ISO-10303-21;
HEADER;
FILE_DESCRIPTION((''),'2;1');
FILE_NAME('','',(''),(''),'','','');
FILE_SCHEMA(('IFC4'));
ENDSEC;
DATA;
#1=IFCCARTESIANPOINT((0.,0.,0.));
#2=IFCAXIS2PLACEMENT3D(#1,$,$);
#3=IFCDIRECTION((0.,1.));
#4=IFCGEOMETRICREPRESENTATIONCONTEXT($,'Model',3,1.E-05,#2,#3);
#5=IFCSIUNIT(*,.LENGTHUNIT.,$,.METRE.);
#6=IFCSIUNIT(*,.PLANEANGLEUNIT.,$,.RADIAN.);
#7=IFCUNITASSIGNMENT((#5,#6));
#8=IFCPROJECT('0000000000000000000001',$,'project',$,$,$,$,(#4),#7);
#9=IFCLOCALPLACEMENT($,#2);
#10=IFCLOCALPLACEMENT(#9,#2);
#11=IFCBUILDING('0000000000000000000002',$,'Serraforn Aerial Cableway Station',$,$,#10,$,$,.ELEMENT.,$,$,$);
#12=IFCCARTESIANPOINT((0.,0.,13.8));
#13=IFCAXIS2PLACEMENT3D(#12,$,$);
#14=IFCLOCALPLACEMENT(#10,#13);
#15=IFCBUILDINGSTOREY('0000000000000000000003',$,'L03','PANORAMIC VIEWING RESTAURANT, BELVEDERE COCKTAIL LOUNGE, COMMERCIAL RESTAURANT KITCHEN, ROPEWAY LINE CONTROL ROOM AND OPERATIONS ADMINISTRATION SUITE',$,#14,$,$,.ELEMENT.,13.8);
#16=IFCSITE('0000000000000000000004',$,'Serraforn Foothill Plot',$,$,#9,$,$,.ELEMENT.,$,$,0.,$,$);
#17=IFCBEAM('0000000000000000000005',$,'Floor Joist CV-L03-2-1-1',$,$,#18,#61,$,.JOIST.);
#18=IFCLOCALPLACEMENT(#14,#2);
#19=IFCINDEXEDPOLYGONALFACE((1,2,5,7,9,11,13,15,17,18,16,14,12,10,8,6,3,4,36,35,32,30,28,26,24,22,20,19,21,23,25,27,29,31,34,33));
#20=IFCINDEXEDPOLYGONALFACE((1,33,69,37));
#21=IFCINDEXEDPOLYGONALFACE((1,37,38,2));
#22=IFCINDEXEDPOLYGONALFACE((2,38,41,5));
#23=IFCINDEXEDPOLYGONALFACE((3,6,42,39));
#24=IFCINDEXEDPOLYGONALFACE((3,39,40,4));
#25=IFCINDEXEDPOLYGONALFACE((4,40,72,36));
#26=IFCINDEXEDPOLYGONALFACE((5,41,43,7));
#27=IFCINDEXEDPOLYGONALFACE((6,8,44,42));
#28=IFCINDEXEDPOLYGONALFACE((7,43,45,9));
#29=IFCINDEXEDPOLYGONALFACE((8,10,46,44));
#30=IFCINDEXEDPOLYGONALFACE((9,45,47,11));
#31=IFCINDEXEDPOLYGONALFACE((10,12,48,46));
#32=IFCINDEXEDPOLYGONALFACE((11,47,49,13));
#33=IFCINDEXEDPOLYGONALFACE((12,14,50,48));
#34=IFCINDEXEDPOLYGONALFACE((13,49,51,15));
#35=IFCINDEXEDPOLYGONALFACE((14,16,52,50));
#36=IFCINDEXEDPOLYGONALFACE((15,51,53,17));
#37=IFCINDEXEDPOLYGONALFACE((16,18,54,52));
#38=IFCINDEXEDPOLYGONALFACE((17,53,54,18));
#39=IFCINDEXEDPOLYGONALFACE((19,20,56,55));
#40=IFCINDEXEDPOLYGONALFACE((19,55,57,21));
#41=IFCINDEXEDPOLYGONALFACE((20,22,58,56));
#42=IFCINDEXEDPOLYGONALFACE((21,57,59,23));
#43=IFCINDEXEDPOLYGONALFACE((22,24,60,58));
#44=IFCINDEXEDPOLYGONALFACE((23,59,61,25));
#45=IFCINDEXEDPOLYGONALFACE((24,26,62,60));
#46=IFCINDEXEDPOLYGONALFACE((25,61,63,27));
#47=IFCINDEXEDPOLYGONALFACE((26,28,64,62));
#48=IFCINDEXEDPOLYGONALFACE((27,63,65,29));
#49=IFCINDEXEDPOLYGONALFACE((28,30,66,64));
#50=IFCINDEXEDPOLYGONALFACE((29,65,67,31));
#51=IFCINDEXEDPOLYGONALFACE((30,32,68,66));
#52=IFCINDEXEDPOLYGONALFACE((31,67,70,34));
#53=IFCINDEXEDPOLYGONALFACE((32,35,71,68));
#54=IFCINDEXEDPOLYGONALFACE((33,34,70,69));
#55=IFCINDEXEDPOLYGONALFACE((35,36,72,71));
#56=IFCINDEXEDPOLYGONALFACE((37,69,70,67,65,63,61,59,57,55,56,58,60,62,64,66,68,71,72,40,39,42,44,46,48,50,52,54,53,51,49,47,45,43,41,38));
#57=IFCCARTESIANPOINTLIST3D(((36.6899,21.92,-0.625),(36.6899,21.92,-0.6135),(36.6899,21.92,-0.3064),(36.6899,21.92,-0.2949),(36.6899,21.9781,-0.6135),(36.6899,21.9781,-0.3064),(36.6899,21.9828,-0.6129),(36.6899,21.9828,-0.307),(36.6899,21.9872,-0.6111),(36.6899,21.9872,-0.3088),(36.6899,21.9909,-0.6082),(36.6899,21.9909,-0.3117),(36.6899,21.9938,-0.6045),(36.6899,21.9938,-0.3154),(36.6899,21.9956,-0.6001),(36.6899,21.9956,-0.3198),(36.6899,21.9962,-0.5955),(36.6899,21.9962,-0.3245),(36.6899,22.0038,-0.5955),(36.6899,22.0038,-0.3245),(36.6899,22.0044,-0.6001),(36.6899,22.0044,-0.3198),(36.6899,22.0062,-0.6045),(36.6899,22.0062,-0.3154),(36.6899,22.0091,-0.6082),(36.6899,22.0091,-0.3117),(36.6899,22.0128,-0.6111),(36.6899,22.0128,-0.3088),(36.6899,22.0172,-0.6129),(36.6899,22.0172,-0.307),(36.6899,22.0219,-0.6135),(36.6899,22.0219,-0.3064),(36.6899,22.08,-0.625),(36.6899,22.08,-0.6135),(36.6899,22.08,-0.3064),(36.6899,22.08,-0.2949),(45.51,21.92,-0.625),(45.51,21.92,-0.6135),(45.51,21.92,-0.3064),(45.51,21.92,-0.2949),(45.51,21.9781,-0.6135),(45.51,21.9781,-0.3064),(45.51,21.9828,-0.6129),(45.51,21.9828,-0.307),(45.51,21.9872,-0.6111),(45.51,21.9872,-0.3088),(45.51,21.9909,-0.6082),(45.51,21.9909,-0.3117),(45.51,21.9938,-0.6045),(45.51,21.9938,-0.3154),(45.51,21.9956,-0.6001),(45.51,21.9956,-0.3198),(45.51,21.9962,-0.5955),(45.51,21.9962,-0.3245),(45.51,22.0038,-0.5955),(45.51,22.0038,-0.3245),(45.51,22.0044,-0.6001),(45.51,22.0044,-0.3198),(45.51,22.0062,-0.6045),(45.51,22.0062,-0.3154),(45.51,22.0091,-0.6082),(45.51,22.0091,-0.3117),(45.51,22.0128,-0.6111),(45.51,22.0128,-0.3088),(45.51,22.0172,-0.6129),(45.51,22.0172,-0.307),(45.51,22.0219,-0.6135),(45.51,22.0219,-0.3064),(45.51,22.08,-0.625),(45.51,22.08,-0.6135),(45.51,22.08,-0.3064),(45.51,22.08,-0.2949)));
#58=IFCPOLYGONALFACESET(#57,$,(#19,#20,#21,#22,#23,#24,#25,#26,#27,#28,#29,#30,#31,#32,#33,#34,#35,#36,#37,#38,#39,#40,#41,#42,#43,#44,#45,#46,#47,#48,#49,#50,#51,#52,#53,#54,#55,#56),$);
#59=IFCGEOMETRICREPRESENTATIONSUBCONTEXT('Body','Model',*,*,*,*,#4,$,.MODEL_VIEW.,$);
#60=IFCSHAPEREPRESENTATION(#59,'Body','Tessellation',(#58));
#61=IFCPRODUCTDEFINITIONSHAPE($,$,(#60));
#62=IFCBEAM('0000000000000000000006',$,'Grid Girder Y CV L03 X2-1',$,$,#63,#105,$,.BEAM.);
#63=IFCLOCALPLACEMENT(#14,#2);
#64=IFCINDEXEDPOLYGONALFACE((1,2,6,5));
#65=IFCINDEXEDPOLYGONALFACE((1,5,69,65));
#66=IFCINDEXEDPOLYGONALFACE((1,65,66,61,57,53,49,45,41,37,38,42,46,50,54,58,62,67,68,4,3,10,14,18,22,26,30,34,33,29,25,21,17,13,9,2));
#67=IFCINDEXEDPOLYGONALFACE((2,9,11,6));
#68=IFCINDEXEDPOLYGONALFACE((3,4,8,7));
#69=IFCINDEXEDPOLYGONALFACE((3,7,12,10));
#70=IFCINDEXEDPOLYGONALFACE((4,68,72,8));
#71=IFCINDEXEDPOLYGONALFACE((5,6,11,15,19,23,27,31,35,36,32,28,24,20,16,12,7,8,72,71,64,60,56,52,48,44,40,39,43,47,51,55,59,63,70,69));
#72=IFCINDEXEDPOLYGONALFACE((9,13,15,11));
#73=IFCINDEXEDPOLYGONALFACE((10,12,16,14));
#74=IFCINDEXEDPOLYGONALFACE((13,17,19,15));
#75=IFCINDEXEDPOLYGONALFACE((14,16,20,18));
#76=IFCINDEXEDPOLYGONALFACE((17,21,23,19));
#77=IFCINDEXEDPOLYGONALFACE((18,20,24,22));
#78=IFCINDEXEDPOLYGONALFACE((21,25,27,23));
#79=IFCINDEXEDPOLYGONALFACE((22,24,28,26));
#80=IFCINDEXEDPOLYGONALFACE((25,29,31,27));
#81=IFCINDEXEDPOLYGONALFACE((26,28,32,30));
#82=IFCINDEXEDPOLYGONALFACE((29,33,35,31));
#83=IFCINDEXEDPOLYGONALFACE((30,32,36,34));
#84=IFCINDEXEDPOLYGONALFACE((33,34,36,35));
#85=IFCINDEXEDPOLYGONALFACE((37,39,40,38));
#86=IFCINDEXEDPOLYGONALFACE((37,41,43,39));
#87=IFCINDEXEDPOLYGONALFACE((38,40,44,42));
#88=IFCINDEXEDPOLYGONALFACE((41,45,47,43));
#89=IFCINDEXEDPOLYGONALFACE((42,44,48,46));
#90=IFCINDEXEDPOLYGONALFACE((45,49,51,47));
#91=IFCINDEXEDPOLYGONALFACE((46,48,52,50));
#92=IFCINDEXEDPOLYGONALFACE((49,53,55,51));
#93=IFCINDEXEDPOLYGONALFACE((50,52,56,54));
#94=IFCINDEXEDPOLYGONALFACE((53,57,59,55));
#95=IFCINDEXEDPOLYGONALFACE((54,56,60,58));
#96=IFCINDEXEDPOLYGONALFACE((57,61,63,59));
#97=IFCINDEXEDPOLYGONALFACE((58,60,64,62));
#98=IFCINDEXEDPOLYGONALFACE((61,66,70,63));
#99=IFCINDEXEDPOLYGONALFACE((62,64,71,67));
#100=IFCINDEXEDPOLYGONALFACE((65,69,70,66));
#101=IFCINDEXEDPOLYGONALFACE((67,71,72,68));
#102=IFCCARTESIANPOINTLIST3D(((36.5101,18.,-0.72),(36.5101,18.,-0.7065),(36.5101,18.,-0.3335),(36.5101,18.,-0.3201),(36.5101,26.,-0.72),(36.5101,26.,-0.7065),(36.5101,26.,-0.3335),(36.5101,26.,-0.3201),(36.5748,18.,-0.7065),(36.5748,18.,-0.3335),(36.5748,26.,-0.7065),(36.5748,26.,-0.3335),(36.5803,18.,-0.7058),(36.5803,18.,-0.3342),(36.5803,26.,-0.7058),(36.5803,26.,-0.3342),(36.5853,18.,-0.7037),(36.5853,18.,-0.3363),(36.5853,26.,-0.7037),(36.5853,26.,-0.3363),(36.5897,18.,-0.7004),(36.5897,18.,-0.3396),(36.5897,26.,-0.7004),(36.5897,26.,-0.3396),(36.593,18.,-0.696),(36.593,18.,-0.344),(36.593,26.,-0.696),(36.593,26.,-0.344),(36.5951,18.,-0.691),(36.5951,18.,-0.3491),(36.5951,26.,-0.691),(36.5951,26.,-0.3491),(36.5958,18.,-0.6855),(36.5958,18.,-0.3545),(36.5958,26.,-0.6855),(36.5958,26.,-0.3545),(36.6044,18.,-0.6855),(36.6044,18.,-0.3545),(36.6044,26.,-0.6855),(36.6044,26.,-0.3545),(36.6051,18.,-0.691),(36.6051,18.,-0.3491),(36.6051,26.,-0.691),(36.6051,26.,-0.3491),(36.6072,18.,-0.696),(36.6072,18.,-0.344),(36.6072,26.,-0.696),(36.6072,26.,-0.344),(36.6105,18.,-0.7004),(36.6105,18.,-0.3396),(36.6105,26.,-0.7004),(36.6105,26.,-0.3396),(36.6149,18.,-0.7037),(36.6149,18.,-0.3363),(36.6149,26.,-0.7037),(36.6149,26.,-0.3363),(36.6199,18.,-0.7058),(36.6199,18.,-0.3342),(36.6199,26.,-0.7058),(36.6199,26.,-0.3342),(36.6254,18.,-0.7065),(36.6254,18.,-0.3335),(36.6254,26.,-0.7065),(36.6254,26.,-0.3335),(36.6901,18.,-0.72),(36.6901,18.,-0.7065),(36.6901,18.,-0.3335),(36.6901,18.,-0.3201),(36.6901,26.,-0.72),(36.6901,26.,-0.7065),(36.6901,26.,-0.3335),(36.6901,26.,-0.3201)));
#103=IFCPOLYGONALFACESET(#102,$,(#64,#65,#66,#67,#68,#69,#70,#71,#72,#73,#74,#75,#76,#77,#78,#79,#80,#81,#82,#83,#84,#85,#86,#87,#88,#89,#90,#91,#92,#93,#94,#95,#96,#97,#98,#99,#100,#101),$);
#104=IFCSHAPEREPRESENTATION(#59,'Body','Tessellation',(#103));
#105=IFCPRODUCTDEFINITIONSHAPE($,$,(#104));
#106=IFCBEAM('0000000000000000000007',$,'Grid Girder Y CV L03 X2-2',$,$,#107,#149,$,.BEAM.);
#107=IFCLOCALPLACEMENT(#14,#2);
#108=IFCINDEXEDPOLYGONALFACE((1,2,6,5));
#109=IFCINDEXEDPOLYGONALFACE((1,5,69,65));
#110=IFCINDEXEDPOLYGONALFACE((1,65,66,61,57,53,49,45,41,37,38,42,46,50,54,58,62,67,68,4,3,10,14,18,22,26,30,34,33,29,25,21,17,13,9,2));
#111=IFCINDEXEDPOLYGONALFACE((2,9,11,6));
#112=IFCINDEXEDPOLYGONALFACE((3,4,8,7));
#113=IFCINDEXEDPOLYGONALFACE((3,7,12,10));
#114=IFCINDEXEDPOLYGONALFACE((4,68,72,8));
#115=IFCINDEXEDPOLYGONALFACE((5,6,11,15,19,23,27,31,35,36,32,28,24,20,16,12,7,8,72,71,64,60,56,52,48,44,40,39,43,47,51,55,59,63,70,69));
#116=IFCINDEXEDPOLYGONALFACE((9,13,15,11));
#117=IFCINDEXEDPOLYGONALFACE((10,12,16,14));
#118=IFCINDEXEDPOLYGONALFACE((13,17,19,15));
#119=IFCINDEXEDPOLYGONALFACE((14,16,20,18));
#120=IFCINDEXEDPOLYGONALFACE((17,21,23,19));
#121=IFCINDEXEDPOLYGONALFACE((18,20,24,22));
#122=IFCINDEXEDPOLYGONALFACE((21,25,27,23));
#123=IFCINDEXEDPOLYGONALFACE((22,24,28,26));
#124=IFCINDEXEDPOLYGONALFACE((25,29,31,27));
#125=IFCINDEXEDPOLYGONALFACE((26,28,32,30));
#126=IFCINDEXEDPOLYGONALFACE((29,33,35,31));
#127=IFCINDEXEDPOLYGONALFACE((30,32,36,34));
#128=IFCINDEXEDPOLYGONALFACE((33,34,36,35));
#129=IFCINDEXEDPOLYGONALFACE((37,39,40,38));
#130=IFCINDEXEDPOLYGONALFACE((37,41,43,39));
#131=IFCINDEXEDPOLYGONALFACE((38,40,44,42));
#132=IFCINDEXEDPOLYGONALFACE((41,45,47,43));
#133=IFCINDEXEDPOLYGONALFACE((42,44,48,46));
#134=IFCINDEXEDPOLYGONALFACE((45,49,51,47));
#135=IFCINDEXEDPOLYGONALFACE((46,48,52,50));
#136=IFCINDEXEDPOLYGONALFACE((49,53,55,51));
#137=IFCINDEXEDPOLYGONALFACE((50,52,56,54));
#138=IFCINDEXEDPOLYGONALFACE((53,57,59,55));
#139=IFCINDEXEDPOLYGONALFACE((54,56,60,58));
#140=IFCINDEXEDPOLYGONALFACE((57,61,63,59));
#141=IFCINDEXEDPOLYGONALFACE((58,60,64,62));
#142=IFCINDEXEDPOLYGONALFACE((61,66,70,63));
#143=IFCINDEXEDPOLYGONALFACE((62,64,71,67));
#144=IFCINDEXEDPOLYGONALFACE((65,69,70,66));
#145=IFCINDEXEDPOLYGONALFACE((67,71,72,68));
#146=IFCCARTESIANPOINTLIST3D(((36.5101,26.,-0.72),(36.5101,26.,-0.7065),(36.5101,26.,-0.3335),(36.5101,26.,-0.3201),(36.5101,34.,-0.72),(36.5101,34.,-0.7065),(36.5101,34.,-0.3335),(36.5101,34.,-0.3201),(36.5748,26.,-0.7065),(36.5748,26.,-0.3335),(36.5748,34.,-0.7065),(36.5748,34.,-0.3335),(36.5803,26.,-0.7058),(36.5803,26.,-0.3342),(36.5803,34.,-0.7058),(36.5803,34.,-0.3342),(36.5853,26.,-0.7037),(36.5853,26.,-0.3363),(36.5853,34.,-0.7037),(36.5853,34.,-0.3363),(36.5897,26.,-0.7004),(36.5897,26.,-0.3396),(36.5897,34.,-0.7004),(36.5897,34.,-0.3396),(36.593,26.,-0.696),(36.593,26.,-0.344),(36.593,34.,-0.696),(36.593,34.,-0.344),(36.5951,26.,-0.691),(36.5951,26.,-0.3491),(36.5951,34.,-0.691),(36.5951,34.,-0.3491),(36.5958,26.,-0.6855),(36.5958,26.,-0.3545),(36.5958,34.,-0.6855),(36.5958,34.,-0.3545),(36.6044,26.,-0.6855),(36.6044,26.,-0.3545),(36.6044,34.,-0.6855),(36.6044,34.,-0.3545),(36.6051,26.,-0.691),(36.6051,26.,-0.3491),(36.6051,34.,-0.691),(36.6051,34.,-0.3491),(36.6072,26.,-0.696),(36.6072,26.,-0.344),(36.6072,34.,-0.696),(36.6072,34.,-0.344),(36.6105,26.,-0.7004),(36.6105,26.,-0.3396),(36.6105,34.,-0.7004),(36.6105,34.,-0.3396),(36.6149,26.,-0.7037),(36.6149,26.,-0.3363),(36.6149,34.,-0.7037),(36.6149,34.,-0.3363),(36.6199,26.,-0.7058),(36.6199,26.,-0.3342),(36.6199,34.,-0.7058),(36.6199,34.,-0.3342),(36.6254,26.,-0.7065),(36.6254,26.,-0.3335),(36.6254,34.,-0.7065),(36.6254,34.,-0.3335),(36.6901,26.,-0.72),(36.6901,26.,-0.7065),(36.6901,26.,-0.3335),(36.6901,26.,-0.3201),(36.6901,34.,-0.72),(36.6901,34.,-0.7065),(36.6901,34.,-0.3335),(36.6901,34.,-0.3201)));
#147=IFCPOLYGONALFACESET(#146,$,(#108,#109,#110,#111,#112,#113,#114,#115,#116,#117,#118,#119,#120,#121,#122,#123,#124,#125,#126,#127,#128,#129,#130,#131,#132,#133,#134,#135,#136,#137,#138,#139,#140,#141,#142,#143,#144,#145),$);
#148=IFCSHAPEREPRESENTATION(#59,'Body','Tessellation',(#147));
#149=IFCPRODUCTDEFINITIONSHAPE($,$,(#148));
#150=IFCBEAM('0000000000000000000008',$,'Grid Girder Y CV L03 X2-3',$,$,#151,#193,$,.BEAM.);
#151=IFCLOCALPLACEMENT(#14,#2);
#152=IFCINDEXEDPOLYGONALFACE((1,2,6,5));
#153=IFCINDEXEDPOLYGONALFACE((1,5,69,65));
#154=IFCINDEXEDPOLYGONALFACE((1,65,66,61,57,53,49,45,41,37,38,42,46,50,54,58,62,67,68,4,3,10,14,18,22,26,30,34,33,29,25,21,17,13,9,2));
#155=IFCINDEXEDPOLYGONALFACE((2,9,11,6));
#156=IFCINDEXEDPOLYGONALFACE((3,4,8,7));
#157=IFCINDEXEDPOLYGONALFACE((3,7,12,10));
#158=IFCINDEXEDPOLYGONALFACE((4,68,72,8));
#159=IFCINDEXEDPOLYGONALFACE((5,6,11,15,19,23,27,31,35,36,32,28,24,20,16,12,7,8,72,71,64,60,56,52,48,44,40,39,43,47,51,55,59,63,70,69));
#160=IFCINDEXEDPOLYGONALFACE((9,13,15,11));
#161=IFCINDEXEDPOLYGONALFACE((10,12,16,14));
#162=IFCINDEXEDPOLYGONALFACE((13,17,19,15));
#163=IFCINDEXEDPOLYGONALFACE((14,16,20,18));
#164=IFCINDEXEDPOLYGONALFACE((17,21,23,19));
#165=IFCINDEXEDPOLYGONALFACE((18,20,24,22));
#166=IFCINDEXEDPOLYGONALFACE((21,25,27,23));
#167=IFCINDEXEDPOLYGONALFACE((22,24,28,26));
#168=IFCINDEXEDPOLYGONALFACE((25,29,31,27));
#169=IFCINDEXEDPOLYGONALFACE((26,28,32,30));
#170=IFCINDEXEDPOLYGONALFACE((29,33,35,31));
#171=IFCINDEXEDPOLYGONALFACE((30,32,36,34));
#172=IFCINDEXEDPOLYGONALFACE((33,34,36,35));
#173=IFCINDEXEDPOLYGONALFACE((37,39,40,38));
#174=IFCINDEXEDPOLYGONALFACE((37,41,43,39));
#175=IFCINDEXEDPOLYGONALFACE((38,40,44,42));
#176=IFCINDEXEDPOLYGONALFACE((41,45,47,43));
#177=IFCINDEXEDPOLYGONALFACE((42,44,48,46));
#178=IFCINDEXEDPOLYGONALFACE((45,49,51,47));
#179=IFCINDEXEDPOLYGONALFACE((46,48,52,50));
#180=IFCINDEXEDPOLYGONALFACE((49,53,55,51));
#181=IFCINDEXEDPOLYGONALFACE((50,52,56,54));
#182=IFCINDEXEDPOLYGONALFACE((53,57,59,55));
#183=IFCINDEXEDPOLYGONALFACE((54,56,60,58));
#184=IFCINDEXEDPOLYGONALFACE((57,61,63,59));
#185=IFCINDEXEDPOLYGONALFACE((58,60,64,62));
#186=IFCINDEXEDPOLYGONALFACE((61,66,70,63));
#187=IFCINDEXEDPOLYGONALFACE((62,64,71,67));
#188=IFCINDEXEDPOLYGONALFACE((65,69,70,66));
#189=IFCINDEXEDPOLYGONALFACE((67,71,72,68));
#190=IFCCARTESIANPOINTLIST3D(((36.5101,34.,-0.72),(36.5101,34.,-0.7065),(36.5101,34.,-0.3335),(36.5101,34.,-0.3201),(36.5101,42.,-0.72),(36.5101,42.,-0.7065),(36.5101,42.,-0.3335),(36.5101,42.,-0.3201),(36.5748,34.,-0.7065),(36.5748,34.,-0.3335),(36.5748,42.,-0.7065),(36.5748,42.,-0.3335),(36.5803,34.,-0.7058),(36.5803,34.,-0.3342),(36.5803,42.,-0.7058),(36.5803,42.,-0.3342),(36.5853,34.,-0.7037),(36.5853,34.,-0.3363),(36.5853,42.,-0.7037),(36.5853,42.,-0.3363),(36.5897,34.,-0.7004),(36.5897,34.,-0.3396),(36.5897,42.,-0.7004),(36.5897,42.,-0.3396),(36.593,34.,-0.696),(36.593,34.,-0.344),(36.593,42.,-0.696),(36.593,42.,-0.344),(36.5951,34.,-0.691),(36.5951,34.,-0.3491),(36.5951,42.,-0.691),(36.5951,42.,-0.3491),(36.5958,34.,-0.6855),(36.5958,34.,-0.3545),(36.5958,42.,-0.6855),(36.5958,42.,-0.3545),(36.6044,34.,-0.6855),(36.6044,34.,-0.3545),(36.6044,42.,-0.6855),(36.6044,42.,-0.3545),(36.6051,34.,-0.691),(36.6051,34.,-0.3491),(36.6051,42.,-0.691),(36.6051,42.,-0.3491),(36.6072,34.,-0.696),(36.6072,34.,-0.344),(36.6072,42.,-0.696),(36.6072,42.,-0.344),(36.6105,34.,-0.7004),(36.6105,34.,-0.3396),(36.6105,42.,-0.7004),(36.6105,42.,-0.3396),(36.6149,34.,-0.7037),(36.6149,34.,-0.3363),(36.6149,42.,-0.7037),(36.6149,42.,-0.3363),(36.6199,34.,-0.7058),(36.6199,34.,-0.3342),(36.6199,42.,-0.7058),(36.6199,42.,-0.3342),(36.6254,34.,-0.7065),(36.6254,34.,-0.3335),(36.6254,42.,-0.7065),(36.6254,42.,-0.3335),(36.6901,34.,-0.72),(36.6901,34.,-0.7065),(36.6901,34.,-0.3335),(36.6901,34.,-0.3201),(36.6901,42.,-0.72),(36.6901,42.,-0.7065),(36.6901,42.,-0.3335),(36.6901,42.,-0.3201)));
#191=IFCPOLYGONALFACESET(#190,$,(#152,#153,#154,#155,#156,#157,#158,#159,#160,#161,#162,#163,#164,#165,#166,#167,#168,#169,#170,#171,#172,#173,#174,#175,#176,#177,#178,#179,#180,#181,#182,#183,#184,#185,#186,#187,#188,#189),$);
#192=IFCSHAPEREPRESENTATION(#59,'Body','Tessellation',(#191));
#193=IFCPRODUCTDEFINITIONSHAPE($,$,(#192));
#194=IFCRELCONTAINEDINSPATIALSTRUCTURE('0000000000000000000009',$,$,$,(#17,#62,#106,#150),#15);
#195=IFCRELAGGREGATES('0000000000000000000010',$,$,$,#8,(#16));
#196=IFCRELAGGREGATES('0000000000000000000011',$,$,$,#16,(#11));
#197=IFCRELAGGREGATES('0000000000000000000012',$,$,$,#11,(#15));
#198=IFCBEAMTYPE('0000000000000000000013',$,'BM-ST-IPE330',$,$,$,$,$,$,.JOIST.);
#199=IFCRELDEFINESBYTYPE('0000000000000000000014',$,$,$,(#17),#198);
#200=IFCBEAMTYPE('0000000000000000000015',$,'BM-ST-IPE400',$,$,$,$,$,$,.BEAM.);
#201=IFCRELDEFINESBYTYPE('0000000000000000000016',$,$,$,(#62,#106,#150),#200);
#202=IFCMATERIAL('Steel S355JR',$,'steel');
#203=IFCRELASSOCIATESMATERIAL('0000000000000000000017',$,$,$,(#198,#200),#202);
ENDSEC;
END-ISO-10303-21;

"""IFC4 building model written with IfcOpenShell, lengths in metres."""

from ifc_helpers import new_model, si_unit, direction, frame, origin, origin_2d, place, context, subcontext, project, spatial, i_section, extrude, material, material_profile, profile_set, type_object, element, save


model = new_model("IFC4")

# Units and contexts
model_context = context("Model", 3, precision=1e-05, world=origin(), true_north=direction((0.0, 1.0)))
body_context = subcontext(model_context, "Body", "Model", "MODEL_VIEW")
ifc_project = project(units=[si_unit("LENGTHUNIT", "METRE"), si_unit("PLANEANGLEUNIT", "RADIAN")], contexts=[model_context])

# Site, building, storey
site_placement = place(None, origin())
site = spatial("IfcSite", under=ifc_project, at=site_placement, Name="Serraforn Foothill Plot", CompositionType="ELEMENT", RefElevation=0.0)
building_placement = place(site_placement, origin())
building = spatial("IfcBuilding", under=site, at=building_placement, Name="Serraforn Aerial Cableway Station", CompositionType="ELEMENT")
storey_placement = place(building_placement, frame((0.0, 0.0, 13.8)))
storey = spatial("IfcBuildingStorey", under=building, at=storey_placement, Name="L03", Description="PANORAMIC VIEWING RESTAURANT, BELVEDERE COCKTAIL LOUNGE, COMMERCIAL RESTAURANT KITCHEN, ROPEWAY LINE CONTROL ROOM AND OPERATIONS ADMINISTRATION SUITE", CompositionType="ELEMENT", Elevation=13.8)

# Beams
ifc_material_1 = material(Name="Steel S355JR", Category="steel")
ifc_material_profile_1 = material_profile(ifc_material_1, i_section(OverallWidth=0.1599, OverallDepth=0.3301, WebThickness=0.0076, FlangeThickness=0.0115, FilletRadius=0.0181, at=origin_2d()), Name="IPE 330")
ifc_profile_set_1 = profile_set([ifc_material_profile_1], Name="Steel S355JR")
beam_type_1 = type_object("IfcBeamType", Name="BM-ST-IPE330", PredefinedType="JOIST", material=ifc_profile_set_1)
beam_1_placement = place(storey_placement, frame((36.6899, 22.0, -0.46), z_axis=(1.0, 0.0, 0.0), x_axis=(0.0, 1.0, 0.0)))
element("IfcBeam", 1, at=beam_1_placement, inside=storey, type_object=beam_type_1, Name="Floor Joist CV-L03-2-1-1", PredefinedType="JOIST", context=body_context, shape_type="SweptSolid", body=[
    extrude(i_section(OverallWidth=0.1599, OverallDepth=0.3301, WebThickness=0.0076, FlangeThickness=0.0115, FilletRadius=0.0181, at=origin_2d()), origin(), (0.0, 0.0, 1.0), 8.8201),
])
ifc_material_profile_2 = material_profile(ifc_material_1, i_section(OverallWidth=0.1799, OverallDepth=0.3999, WebThickness=0.0085, FlangeThickness=0.0134, FilletRadius=0.021, at=origin_2d()), Name="IPE 400")
ifc_profile_set_2 = profile_set([ifc_material_profile_2], Name="Steel S355JR")
beam_type_2 = type_object("IfcBeamType", Name="BM-ST-IPE400", PredefinedType="BEAM", material=ifc_profile_set_2)
for number, where, z_axis, x_axis, name in (
    (2, (36.6001, 18.0, -0.52), (0.0, 1.0, 0.0), (-1.0, 0.0, 0.0), "Grid Girder Y CV L03 X2-1"),
    (3, (36.6001, 26.0, -0.52), (0.0, 1.0, 0.0), (-1.0, 0.0, 0.0), "Grid Girder Y CV L03 X2-2"),
    (4, (36.6001, 34.0, -0.52), (0.0, 1.0, 0.0), (-1.0, 0.0, 0.0), "Grid Girder Y CV L03 X2-3"),
):
    element("IfcBeam", number, at=place(storey_placement, frame(where, z_axis=z_axis, x_axis=x_axis)), inside=storey, type_object=beam_type_2, Name=name, PredefinedType="BEAM", context=body_context, shape_type="SweptSolid", body=[
        extrude(i_section(OverallWidth=0.1799, OverallDepth=0.3999, WebThickness=0.0085, FlangeThickness=0.0134, FilletRadius=0.021, at=origin_2d()), origin(), (0.0, 0.0, 1.0), 8.0),
    ])

save(model, "model.ifc")
